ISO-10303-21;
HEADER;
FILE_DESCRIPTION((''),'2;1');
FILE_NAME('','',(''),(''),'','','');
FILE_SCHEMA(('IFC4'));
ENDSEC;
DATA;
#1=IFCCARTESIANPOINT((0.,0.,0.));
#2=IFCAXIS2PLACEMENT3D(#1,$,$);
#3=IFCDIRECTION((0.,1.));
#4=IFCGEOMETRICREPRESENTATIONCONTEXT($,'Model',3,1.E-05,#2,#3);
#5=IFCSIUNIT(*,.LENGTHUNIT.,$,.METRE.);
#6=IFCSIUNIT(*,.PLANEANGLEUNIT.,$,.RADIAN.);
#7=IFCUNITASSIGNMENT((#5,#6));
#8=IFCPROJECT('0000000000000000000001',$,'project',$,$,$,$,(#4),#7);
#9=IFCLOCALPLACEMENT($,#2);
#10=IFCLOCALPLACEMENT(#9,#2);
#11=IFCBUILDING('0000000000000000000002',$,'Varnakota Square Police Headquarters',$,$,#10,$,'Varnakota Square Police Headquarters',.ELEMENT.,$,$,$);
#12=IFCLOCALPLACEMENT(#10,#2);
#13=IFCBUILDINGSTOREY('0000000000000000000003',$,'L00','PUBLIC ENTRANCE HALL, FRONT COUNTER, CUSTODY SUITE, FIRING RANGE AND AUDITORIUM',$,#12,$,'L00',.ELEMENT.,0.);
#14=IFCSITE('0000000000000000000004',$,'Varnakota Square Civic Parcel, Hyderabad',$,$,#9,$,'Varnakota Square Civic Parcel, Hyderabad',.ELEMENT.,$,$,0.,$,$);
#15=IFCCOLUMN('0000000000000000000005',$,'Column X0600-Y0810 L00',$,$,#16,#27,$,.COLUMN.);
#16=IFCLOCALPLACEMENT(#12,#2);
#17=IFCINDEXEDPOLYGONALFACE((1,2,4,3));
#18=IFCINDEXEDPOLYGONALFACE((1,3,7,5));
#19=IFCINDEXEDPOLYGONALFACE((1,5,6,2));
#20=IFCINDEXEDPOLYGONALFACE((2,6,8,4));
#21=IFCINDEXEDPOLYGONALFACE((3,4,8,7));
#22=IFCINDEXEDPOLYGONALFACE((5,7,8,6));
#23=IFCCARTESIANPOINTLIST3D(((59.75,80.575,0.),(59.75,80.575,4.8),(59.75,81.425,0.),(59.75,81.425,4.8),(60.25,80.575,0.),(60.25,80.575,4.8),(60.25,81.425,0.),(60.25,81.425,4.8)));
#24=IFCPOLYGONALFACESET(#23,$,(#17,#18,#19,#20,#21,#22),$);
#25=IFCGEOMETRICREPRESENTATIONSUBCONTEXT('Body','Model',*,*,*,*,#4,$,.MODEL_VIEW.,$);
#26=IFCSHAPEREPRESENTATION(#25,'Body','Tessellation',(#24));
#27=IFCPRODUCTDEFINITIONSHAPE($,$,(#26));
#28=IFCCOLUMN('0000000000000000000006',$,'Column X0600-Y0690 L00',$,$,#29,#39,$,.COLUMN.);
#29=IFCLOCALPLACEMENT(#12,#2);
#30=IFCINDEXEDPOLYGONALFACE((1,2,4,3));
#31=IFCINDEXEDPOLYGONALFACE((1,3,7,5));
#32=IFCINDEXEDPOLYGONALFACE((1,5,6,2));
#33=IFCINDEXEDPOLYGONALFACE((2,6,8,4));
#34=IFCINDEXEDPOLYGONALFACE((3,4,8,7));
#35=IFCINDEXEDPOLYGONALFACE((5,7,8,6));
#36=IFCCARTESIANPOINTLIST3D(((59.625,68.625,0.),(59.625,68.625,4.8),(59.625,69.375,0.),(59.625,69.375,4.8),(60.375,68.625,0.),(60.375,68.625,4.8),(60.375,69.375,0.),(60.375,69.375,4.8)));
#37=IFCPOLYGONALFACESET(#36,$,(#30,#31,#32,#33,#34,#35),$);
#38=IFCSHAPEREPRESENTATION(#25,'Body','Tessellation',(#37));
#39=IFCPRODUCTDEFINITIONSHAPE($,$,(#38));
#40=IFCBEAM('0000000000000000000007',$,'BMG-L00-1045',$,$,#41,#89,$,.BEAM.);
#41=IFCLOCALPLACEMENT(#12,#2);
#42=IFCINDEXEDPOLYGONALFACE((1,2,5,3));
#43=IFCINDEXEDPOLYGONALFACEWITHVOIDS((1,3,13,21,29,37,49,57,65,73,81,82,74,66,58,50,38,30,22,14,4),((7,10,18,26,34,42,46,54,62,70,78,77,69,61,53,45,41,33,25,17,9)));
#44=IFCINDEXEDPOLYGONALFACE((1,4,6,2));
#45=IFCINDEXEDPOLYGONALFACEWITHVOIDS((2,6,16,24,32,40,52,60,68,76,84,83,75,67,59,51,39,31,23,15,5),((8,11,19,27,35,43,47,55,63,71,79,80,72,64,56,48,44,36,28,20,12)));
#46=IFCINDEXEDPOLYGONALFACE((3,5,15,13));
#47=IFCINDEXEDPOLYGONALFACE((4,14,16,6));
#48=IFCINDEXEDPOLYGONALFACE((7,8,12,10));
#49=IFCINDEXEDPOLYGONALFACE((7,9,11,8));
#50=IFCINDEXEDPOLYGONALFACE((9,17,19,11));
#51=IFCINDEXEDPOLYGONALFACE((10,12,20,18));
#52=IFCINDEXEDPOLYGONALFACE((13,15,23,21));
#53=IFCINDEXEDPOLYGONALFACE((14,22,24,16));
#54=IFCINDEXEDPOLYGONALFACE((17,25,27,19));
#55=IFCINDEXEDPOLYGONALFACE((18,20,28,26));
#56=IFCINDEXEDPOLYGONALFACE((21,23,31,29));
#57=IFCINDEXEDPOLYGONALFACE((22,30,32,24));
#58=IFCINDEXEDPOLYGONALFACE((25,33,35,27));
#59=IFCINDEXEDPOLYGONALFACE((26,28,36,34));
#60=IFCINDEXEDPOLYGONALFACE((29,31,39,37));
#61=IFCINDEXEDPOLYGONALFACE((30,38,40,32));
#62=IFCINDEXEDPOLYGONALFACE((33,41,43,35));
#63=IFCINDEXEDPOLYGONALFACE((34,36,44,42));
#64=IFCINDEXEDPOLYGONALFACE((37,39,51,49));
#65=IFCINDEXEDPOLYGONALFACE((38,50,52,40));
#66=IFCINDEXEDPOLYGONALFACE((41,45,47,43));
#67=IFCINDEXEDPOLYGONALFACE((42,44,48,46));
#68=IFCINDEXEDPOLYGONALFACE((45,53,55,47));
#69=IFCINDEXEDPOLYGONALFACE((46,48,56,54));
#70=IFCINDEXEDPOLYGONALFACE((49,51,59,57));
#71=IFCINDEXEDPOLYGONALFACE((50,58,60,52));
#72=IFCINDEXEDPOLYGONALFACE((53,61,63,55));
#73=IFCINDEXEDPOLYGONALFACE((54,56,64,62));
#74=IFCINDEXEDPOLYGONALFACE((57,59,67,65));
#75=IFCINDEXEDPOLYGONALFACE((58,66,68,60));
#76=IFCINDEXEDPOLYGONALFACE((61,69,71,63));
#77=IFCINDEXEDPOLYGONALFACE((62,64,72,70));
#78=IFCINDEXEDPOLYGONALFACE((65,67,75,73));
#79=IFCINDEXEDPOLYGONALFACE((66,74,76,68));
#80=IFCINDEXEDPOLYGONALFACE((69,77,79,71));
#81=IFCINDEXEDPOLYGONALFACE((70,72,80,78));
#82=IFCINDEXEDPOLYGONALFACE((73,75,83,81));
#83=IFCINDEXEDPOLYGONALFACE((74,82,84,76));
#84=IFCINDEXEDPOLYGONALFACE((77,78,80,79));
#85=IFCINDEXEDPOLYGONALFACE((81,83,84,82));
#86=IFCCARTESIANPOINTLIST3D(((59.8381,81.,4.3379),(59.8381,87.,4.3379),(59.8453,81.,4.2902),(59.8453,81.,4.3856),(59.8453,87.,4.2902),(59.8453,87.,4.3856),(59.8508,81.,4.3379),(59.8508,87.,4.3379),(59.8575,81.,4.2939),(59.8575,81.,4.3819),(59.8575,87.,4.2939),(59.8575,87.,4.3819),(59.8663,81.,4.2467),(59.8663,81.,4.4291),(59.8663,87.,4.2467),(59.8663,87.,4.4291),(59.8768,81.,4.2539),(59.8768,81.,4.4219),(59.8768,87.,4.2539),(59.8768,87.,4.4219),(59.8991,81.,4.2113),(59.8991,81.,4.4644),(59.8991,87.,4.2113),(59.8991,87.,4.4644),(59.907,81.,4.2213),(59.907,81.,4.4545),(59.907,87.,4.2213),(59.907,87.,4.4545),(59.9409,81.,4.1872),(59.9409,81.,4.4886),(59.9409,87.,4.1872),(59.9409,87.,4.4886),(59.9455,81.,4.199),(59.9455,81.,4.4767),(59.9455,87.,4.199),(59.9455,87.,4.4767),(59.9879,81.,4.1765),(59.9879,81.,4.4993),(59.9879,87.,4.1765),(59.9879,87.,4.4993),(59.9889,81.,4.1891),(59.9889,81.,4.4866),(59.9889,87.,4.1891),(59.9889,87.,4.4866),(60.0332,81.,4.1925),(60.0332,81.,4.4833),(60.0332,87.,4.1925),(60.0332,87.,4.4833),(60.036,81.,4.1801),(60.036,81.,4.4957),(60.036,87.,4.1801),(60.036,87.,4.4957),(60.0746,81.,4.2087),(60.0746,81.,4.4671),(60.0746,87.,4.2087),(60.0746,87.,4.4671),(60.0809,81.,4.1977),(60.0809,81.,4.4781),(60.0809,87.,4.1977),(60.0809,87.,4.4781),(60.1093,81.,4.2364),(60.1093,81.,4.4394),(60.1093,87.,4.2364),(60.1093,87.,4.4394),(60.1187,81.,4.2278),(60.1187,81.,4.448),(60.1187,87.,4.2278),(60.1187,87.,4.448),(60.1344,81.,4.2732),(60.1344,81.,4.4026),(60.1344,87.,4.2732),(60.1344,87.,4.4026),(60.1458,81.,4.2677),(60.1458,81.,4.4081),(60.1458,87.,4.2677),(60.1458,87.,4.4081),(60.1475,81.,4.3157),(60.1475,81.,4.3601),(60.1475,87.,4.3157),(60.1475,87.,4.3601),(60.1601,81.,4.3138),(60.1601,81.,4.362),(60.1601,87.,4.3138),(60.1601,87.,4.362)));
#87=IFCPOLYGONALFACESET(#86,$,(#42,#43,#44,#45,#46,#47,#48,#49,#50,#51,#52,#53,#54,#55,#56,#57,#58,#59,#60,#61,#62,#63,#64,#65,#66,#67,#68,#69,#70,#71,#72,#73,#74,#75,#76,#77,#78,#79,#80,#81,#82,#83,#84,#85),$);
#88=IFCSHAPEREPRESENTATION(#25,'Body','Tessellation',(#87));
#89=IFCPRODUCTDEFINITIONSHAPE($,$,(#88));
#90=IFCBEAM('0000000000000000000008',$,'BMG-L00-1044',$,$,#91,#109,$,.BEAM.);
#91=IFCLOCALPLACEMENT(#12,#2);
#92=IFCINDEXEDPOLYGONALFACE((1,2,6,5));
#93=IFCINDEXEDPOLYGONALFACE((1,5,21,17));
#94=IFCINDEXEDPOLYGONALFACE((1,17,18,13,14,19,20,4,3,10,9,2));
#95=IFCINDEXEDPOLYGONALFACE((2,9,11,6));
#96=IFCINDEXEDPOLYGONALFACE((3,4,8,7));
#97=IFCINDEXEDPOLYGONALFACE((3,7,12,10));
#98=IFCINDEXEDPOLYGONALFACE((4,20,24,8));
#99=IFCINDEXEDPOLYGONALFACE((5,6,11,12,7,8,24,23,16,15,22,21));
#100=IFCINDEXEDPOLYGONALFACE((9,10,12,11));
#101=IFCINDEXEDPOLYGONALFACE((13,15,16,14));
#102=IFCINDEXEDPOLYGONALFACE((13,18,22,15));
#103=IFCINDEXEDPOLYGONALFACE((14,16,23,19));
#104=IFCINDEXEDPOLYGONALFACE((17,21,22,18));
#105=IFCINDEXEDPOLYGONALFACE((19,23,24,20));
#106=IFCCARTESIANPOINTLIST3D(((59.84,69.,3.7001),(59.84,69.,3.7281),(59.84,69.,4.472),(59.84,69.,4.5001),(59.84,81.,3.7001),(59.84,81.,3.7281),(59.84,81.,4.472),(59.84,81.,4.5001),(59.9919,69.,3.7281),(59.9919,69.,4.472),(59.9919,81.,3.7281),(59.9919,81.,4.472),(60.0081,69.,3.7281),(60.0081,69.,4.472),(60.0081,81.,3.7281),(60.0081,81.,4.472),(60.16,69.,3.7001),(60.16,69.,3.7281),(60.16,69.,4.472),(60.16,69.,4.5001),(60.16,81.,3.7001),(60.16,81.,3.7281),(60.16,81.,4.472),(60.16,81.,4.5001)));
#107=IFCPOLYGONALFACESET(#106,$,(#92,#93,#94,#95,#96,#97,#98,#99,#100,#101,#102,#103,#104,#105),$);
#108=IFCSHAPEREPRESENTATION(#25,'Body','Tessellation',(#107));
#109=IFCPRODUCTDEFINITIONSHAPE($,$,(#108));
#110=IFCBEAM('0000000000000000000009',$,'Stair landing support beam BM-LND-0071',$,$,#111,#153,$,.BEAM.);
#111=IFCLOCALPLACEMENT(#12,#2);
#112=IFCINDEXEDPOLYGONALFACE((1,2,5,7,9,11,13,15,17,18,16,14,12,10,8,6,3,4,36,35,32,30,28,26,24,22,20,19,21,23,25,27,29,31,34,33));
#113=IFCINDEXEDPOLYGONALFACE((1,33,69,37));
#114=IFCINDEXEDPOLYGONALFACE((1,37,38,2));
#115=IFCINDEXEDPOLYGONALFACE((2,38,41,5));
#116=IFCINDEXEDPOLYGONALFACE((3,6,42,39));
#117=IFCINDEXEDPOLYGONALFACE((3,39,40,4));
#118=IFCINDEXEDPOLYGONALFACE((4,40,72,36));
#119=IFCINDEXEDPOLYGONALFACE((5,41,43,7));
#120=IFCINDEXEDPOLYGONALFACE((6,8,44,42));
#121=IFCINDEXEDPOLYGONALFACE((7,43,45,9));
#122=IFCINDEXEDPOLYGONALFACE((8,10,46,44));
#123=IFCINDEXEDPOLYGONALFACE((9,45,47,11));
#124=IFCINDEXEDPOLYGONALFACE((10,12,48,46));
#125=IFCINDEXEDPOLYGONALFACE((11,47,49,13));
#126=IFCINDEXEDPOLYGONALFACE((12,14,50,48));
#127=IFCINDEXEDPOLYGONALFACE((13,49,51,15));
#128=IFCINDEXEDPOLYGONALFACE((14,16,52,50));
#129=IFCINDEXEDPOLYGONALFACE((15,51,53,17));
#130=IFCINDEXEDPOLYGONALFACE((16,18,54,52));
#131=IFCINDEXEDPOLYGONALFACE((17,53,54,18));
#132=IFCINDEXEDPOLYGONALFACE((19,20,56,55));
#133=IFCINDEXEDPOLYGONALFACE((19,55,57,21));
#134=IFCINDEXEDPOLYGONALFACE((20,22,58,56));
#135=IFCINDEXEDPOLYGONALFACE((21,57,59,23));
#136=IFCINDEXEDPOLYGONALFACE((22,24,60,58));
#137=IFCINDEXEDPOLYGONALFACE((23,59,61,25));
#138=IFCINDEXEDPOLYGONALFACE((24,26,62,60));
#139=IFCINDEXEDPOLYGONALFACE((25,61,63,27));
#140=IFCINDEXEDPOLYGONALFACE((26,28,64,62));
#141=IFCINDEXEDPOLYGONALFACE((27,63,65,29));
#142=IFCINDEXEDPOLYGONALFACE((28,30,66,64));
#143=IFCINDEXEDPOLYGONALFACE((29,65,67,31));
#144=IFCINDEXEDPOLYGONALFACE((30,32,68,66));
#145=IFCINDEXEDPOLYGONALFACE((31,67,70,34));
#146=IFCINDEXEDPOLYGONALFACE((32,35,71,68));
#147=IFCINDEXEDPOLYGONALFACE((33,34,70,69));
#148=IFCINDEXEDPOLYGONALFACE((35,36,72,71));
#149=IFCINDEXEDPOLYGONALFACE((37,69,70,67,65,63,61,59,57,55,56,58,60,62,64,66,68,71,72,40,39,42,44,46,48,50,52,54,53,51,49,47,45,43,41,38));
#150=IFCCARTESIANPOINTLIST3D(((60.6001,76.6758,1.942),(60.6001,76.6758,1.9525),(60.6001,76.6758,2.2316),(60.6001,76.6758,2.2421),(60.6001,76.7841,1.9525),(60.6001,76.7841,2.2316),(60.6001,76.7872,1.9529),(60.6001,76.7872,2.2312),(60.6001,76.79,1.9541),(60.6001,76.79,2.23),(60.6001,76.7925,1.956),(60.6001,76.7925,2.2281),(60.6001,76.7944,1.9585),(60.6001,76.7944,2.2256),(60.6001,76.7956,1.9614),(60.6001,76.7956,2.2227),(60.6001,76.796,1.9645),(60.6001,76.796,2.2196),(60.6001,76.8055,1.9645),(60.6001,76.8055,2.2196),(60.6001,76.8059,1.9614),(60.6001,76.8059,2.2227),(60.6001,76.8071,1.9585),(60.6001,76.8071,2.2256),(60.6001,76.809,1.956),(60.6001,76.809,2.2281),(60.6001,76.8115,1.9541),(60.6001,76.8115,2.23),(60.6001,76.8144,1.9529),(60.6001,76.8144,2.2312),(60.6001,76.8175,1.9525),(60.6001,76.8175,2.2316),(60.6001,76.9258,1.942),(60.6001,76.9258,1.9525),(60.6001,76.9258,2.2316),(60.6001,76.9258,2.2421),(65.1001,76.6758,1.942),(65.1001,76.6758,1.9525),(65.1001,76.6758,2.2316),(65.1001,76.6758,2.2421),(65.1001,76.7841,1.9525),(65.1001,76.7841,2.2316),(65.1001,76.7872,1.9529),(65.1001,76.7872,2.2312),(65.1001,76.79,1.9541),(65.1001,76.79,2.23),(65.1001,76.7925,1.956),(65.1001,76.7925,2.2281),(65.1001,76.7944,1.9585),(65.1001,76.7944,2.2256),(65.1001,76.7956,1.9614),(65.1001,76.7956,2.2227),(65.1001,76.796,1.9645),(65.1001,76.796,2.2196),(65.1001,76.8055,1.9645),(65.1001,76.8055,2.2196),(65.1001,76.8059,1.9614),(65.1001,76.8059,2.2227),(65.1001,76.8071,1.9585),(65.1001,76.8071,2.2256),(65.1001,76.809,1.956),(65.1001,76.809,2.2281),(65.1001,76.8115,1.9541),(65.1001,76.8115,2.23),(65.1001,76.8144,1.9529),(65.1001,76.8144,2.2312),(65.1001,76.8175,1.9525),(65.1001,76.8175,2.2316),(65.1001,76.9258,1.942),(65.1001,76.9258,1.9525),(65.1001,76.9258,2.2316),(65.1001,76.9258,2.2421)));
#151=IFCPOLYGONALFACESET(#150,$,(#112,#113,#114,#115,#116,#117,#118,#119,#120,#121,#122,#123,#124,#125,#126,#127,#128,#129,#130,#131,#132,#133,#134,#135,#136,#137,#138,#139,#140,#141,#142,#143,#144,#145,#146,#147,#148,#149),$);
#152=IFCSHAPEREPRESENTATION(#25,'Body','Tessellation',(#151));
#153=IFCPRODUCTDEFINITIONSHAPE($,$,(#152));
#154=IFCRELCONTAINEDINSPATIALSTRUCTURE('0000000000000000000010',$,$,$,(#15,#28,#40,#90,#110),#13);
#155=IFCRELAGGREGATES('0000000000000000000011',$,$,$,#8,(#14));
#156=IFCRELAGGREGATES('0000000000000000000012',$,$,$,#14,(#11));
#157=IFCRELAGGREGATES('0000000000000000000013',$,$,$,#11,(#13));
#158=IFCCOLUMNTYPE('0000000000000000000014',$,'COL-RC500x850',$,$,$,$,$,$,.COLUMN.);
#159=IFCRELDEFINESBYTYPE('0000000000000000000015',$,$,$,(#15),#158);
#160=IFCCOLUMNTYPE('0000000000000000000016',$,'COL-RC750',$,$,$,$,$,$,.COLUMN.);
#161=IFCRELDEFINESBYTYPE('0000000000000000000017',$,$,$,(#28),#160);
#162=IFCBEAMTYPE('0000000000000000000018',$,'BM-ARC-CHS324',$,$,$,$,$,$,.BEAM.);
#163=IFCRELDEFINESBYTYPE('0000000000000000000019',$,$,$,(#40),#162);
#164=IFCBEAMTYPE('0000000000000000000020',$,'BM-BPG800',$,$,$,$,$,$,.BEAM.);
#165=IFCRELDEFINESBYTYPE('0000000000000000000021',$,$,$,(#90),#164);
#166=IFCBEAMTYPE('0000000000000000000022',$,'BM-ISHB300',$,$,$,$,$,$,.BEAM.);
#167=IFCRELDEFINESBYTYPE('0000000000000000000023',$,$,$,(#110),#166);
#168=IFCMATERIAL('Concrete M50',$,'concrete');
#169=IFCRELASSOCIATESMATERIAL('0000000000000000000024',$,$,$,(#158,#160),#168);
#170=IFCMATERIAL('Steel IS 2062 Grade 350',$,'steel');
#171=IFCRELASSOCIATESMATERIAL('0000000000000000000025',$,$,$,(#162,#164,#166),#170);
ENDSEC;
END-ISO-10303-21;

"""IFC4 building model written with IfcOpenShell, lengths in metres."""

from ifc_helpers import new_model, si_unit, direction, frame, origin, origin_2d, place, context, subcontext, project, spatial, rectangle, hollow_circle, i_section, extrude, material, material_profile, profile_set, type_object, element, save


model = new_model("IFC4")

# Units and contexts
model_context = context("Model", 3, precision=1e-05, world=origin(), true_north=direction((0.0, 1.0)))
body_context = subcontext(model_context, "Body", "Model", "MODEL_VIEW")
ifc_project = project(units=[si_unit("LENGTHUNIT", "METRE"), si_unit("PLANEANGLEUNIT", "RADIAN")], contexts=[model_context])

# Site, building, storey
site_placement = place(None, origin())
site = spatial("IfcSite", under=ifc_project, at=site_placement, Name="Varnakota Square Civic Parcel, Hyderabad", LongName="Varnakota Square Civic Parcel, Hyderabad", CompositionType="ELEMENT", RefElevation=0.0)
building_placement = place(site_placement, origin())
building = spatial("IfcBuilding", under=site, at=building_placement, Name="Varnakota Square Police Headquarters", LongName="Varnakota Square Police Headquarters", CompositionType="ELEMENT")
storey_placement = place(building_placement, origin())
storey = spatial("IfcBuildingStorey", under=building, at=storey_placement, Name="L00", Description="PUBLIC ENTRANCE HALL, FRONT COUNTER, CUSTODY SUITE, FIRING RANGE AND AUDITORIUM", LongName="L00", CompositionType="ELEMENT", Elevation=0.0)

# Columns
ifc_material_1 = material(Name="Concrete M50", Category="concrete")
ifc_material_profile_1 = material_profile(ifc_material_1, rectangle(XDim=0.5, YDim=0.8501, at=origin_2d()), Name="RC 500x850")
ifc_profile_set_1 = profile_set([ifc_material_profile_1], Name="Concrete M50")
column_type_1 = type_object("IfcColumnType", Name="COL-RC500x850", PredefinedType="COLUMN", material=ifc_profile_set_1)
column_1_placement = place(storey_placement, frame((60.0, 81.0, 0.0), z_axis=(0.0, 0.0, 1.0), x_axis=(1.0, 0.0, 0.0)))
element("IfcColumn", 1, at=column_1_placement, inside=storey, type_object=column_type_1, Name="Column X0600-Y0810 L00", PredefinedType="COLUMN", context=body_context, shape_type="SweptSolid", body=[
    extrude(rectangle(XDim=0.5, YDim=0.8501, at=origin_2d()), origin(), (0.0, 0.0, 1.0), 4.8),
])
ifc_material_profile_2 = material_profile(ifc_material_1, rectangle(XDim=0.75, YDim=0.75, at=origin_2d()), Name="RC 750x750")
ifc_profile_set_2 = profile_set([ifc_material_profile_2], Name="Concrete M50")
column_type_2 = type_object("IfcColumnType", Name="COL-RC750", PredefinedType="COLUMN", material=ifc_profile_set_2)
column_2_placement = place(storey_placement, frame((60.0, 69.0, 0.0), z_axis=(0.0, 0.0, 1.0), x_axis=(1.0, 0.0, 0.0)))
element("IfcColumn", 2, at=column_2_placement, inside=storey, type_object=column_type_2, Name="Column X0600-Y0690 L00", PredefinedType="COLUMN", context=body_context, shape_type="SweptSolid", body=[
    extrude(rectangle(XDim=0.75, YDim=0.75, at=origin_2d()), origin(), (0.0, 0.0, 1.0), 4.8),
])

# Beams
ifc_material_2 = material(Name="Steel IS 2062 Grade 350", Category="steel")
ifc_material_profile_3 = material_profile(ifc_material_2, hollow_circle(Radius=0.1619, WallThickness=0.0127, at=origin_2d()), Name="CHS 323.9x12.7")
ifc_profile_set_3 = profile_set([ifc_material_profile_3], Name="Steel IS 2062 Grade 350")
beam_type_1 = type_object("IfcBeamType", Name="BM-ARC-CHS324", PredefinedType="BEAM", material=ifc_profile_set_3)
beam_1_placement = place(storey_placement, frame((60.0, 81.0, 4.3379), z_axis=(0.0, 1.0, 0.0), x_axis=(-1.0, 0.0, 0.0)))
element("IfcBeam", 3, at=beam_1_placement, inside=storey, type_object=beam_type_1, Name="BMG-L00-1045", PredefinedType="BEAM", context=body_context, shape_type="SweptSolid", body=[
    extrude(hollow_circle(Radius=0.1619, WallThickness=0.0127, at=origin_2d()), origin(), (0.0, 0.0, 1.0), 6.0),
])
ifc_material_profile_4 = material_profile(ifc_material_2, i_section(OverallWidth=0.3201, OverallDepth=0.8, WebThickness=0.0161, FlangeThickness=0.0281, at=origin_2d()), Name="BPG 800x320")
ifc_profile_set_4 = profile_set([ifc_material_profile_4], Name="Steel IS 2062 Grade 350")
beam_type_2 = type_object("IfcBeamType", Name="BM-BPG800", PredefinedType="BEAM", material=ifc_profile_set_4)
beam_2_placement = place(storey_placement, frame((60.0, 69.0, 4.1001), z_axis=(0.0, 1.0, 0.0), x_axis=(-1.0, 0.0, 0.0)))
element("IfcBeam", 4, at=beam_2_placement, inside=storey, type_object=beam_type_2, Name="BMG-L00-1044", PredefinedType="BEAM", context=body_context, shape_type="SweptSolid", body=[
    extrude(i_section(OverallWidth=0.3201, OverallDepth=0.8, WebThickness=0.0161, FlangeThickness=0.0281, at=origin_2d()), origin(), (0.0, 0.0, 1.0), 12.0),
])
ifc_material_profile_5 = material_profile(ifc_material_2, i_section(OverallWidth=0.25, OverallDepth=0.3, WebThickness=0.0095, FlangeThickness=0.0105, FilletRadius=0.012, at=origin_2d()), Name="ISHB 300")
ifc_profile_set_5 = profile_set([ifc_material_profile_5], Name="Steel IS 2062 Grade 350")
beam_type_3 = type_object("IfcBeamType", Name="BM-ISHB300", PredefinedType="BEAM", material=ifc_profile_set_5)
for number, where, z_axis, x_axis, name in (
    (5, (60.6001, 76.8008, 2.092), (1.0, 0.0, 0.0), (0.0, 1.0, 0.0), "Stair landing support beam BM-LND-0071"),
):
    element("IfcBeam", number, at=place(storey_placement, frame(where, z_axis=z_axis, x_axis=x_axis)), inside=storey, type_object=beam_type_3, Name=name, PredefinedType="BEAM", context=body_context, shape_type="SweptSolid", body=[
        extrude(i_section(OverallWidth=0.25, OverallDepth=0.3, WebThickness=0.0095, FlangeThickness=0.0105, FilletRadius=0.012, at=origin_2d()), origin(), (0.0, 0.0, 1.0), 4.5),
    ])

save(model, "model.ifc")
